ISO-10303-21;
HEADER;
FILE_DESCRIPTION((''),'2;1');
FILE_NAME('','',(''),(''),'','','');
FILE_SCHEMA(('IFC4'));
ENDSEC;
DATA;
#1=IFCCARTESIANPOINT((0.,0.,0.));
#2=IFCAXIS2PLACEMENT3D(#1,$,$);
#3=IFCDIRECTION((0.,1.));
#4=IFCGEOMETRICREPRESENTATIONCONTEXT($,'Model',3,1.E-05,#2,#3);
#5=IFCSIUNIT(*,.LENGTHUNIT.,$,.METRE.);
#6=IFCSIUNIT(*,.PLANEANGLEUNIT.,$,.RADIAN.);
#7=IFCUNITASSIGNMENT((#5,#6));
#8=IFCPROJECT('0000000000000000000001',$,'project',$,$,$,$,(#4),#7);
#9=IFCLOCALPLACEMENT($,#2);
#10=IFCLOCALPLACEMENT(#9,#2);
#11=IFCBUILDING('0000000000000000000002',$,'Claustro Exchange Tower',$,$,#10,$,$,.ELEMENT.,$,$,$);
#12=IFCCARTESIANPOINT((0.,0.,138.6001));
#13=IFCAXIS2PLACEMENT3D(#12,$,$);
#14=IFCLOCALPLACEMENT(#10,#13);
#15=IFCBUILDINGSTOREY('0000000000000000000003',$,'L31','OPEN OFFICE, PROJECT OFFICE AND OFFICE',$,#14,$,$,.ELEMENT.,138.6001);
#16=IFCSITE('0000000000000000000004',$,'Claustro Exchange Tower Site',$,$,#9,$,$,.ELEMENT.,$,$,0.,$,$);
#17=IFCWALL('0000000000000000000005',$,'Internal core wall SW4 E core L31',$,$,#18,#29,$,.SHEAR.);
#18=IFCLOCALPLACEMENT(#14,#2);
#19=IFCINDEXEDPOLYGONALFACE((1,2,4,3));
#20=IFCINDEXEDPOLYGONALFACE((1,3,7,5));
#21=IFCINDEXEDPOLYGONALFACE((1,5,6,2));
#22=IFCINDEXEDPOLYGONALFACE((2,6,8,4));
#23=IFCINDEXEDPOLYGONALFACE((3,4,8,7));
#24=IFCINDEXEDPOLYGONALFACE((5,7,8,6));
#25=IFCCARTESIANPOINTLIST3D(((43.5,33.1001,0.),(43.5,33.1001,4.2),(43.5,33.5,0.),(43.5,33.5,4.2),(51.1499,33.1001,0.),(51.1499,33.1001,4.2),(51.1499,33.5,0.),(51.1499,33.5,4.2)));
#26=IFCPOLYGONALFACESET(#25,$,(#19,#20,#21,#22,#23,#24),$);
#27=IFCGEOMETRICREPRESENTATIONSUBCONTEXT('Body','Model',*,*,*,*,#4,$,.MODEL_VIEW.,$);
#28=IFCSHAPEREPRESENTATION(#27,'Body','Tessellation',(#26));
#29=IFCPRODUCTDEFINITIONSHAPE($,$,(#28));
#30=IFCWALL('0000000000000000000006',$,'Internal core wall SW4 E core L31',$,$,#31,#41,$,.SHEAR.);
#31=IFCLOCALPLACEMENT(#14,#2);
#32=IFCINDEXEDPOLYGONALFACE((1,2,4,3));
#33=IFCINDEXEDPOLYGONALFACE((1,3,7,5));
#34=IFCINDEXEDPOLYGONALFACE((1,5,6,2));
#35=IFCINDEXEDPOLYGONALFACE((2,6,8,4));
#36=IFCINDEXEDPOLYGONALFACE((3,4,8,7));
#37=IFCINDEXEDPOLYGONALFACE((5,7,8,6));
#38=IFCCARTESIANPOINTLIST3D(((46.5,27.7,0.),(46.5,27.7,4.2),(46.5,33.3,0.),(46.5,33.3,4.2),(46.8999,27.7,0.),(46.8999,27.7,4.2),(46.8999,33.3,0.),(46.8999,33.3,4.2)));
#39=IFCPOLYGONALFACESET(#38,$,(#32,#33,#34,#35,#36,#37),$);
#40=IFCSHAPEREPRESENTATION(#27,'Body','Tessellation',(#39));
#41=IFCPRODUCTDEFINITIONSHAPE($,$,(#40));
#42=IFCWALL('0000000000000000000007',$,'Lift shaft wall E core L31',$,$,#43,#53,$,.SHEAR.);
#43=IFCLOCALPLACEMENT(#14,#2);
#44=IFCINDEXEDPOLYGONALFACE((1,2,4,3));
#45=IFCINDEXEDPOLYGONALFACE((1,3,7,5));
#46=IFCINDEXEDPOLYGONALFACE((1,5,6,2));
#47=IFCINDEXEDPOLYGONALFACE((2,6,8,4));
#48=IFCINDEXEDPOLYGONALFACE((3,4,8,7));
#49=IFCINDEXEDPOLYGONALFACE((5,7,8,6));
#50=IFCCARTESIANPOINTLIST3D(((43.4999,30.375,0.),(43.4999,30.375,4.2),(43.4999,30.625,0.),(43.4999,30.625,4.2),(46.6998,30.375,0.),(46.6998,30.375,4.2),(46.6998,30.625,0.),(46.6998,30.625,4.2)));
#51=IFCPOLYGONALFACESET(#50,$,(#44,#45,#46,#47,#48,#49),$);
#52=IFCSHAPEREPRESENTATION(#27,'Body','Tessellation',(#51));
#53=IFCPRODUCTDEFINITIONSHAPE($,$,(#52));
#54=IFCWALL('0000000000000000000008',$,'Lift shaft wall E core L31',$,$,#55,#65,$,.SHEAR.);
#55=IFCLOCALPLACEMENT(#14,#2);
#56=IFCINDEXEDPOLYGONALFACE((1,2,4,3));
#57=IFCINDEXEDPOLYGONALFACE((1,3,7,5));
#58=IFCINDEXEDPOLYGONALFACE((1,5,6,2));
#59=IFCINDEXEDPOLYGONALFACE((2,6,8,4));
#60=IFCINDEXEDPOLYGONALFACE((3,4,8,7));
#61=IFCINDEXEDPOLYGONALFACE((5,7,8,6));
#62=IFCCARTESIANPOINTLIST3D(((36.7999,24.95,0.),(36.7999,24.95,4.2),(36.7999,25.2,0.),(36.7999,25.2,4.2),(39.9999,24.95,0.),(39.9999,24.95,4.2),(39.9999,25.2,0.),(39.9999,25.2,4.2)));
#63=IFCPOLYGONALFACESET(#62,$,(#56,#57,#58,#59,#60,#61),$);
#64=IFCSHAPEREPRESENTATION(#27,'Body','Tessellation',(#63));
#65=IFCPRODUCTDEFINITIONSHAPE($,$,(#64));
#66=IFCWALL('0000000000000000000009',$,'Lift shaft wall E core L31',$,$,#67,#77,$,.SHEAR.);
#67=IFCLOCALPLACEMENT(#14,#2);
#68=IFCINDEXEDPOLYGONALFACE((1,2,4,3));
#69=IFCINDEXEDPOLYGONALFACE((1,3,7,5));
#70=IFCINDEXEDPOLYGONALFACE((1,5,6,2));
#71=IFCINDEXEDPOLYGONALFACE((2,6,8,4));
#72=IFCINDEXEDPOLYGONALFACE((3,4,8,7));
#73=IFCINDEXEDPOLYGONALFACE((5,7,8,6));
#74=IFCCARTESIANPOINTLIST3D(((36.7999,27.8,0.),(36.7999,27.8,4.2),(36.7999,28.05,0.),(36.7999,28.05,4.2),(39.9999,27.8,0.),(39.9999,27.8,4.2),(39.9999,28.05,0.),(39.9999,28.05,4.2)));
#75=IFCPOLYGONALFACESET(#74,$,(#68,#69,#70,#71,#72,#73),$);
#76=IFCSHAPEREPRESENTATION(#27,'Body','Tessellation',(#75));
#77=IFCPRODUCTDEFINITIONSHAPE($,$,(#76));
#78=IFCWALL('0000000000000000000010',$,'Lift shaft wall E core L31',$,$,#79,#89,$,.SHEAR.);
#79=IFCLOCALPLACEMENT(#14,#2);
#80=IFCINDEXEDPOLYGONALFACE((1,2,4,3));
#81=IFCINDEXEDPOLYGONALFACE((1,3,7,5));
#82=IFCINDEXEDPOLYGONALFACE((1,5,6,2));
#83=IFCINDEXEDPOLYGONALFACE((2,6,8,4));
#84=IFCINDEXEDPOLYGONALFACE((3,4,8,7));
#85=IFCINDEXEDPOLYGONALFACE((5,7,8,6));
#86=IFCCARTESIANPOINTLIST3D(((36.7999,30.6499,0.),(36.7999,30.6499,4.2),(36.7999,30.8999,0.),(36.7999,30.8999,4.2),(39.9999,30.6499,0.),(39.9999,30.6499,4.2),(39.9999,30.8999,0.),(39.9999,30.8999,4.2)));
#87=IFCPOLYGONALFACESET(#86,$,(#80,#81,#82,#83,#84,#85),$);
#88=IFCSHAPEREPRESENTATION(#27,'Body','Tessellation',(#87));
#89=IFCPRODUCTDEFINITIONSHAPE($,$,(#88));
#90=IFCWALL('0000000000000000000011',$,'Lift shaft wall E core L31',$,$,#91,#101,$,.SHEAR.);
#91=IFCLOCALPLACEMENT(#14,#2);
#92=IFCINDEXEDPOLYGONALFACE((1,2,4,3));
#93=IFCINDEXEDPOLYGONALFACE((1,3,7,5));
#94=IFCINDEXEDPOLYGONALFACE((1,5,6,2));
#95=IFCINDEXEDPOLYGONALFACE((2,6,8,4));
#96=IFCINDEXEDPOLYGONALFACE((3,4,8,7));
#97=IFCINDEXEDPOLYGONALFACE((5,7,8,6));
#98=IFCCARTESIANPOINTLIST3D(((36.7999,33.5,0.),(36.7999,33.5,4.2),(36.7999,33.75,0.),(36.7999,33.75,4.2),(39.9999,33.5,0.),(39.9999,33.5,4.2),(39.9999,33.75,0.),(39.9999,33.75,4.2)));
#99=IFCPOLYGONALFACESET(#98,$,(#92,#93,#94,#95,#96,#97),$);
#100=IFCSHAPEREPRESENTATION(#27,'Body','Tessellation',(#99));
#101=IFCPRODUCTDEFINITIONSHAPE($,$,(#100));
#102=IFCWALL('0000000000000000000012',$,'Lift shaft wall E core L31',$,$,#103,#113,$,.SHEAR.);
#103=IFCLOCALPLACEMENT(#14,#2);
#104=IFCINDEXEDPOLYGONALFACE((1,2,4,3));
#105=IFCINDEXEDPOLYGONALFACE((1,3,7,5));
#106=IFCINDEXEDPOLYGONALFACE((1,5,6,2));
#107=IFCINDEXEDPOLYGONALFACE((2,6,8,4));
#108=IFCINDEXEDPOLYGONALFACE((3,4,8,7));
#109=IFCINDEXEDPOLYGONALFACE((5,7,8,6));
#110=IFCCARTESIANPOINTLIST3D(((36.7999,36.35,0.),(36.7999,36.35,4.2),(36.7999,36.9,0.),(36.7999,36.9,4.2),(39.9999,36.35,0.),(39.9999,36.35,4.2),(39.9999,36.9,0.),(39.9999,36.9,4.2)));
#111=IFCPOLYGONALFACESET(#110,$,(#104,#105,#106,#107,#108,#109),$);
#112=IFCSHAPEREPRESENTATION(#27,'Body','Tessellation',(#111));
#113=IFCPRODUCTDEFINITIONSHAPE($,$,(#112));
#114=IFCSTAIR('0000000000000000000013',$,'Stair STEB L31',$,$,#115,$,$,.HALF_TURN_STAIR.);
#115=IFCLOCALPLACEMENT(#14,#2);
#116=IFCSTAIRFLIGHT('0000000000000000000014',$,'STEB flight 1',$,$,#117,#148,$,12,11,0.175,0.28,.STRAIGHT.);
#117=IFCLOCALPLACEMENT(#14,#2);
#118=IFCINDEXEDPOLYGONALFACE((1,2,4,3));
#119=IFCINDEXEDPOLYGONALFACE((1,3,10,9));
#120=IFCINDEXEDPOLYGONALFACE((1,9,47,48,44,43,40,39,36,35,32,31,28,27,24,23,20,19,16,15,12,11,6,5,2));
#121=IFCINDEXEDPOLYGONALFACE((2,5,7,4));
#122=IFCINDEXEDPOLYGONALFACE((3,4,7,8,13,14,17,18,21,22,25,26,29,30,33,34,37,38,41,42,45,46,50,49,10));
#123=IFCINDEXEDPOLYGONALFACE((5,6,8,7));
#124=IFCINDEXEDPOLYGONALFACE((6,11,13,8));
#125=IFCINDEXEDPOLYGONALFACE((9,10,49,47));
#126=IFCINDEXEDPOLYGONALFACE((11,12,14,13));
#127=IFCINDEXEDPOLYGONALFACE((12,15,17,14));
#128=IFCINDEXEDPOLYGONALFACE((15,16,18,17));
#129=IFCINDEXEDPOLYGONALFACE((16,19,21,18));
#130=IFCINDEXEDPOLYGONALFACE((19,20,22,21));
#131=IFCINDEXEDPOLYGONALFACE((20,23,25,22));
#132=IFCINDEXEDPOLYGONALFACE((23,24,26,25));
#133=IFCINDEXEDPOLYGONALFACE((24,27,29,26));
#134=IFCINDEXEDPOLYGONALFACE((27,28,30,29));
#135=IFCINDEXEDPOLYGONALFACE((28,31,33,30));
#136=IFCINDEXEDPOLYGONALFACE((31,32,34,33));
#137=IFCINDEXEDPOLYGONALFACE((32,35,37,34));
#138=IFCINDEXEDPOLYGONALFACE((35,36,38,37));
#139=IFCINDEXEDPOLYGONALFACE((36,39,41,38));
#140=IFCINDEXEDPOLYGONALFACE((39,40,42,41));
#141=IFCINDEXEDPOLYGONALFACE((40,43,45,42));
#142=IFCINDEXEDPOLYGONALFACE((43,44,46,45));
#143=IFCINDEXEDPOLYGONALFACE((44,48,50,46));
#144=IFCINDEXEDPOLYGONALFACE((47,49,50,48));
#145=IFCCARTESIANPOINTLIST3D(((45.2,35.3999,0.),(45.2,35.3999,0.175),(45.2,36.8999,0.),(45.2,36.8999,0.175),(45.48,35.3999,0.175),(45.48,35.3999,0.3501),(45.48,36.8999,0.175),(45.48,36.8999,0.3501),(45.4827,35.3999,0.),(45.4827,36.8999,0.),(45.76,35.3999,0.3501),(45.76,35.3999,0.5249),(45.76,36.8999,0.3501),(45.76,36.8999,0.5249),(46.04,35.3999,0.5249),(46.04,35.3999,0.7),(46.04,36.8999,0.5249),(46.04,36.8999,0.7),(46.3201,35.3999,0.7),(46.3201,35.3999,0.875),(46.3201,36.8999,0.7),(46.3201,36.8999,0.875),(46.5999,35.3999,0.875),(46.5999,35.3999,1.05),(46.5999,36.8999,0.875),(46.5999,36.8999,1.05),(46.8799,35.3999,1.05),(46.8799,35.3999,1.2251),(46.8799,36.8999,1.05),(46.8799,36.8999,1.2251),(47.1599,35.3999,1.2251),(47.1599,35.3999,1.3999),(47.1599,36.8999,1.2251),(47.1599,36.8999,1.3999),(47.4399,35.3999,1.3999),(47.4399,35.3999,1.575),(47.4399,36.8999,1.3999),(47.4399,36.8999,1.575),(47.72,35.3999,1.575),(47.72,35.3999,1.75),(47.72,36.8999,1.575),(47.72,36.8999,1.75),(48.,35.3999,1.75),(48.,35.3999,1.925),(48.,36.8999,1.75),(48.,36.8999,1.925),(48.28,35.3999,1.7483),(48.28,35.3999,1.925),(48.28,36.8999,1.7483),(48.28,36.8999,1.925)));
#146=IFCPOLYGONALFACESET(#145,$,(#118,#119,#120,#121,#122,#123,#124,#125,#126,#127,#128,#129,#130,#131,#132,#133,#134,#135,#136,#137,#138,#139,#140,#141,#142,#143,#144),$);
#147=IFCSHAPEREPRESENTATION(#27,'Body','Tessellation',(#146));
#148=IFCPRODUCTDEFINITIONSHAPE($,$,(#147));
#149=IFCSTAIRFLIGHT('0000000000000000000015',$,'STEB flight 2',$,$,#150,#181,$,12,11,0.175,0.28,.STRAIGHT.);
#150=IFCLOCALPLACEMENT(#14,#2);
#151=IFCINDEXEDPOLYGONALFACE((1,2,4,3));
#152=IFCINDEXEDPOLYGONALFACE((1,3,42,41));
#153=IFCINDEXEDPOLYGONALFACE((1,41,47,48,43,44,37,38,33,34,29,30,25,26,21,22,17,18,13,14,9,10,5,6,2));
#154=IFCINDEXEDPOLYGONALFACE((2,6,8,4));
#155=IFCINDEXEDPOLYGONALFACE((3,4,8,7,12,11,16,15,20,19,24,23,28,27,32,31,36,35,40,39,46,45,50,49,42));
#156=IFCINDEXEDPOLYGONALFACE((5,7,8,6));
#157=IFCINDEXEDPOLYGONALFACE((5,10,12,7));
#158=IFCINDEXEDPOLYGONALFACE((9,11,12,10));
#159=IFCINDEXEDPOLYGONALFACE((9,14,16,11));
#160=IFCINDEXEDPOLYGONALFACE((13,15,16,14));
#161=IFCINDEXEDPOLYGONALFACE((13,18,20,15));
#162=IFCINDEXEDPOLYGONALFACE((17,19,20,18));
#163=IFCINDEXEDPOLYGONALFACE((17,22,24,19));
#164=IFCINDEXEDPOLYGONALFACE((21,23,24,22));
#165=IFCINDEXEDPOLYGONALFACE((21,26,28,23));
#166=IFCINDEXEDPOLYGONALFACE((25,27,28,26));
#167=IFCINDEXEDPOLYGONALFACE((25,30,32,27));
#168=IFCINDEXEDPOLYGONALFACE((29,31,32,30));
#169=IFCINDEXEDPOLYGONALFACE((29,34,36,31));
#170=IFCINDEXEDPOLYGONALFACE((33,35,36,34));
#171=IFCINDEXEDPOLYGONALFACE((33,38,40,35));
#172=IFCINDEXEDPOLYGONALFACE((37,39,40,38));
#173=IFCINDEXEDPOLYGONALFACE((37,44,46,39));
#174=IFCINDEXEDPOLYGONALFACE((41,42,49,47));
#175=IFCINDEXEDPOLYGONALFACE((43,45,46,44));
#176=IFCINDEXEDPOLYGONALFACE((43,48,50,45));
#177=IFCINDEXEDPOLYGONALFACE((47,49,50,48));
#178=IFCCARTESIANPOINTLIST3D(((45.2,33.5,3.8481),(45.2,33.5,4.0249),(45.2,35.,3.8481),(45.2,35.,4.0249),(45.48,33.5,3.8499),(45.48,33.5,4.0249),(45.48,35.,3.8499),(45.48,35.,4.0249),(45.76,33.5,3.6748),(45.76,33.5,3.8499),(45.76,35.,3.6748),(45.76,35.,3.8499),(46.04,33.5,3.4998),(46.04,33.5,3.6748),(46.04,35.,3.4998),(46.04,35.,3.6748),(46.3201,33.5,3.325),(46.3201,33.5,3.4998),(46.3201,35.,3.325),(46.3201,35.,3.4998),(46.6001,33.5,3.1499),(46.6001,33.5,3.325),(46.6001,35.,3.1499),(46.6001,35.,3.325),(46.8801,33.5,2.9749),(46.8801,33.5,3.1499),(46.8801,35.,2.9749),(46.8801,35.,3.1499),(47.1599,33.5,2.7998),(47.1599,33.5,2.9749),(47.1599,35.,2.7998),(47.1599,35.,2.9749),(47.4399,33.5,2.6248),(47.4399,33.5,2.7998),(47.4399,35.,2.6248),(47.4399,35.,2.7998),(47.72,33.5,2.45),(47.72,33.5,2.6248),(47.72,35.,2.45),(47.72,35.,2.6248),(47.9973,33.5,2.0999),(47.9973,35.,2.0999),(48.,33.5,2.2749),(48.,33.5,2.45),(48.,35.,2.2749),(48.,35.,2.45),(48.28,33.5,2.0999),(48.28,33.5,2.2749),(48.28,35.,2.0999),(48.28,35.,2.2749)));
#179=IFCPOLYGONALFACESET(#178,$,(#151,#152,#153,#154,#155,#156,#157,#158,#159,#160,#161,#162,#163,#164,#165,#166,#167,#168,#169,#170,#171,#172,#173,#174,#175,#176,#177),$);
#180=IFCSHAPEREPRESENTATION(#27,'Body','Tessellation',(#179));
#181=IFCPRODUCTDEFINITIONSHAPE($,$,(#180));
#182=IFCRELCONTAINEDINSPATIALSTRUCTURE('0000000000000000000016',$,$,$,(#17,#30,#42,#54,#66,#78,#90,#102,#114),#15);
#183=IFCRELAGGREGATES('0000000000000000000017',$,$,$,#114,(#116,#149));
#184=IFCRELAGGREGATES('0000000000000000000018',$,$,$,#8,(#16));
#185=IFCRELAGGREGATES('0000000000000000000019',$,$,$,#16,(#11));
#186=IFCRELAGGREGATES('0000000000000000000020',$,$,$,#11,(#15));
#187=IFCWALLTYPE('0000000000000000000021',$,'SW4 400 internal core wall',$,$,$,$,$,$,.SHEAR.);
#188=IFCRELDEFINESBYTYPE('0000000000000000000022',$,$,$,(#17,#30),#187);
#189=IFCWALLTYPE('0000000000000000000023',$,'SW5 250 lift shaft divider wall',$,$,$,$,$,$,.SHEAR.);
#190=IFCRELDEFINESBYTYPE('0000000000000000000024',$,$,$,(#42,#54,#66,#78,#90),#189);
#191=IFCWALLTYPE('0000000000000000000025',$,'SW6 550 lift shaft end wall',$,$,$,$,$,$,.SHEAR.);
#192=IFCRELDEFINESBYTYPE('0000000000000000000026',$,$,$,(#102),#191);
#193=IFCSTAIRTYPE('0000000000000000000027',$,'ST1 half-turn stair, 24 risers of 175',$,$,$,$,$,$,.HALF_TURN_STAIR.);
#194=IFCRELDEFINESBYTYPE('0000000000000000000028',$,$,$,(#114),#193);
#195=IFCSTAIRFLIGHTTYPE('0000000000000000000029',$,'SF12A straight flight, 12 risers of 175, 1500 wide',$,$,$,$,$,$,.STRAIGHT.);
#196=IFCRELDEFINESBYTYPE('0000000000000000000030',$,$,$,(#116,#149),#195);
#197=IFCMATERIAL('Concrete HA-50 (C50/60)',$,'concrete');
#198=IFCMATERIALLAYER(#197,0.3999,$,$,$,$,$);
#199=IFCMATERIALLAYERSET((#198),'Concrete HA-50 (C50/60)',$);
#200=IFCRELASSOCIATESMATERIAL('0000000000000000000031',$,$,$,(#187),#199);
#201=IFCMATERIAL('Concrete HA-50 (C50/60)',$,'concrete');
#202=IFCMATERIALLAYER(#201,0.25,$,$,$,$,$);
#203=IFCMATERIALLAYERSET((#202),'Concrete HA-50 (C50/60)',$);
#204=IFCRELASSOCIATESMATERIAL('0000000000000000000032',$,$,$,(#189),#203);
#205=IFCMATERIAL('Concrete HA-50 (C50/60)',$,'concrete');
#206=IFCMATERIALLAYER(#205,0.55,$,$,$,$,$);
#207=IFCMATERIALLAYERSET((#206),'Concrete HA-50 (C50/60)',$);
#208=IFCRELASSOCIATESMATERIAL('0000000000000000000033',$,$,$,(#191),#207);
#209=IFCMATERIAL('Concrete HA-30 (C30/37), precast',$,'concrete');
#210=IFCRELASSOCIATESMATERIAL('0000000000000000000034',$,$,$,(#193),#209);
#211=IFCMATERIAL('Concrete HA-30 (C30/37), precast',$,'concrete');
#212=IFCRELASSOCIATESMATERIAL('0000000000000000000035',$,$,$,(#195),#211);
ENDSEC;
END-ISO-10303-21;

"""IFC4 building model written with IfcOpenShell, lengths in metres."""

from ifc_helpers import new_model, si_unit, direction, frame, frame_2d, origin, place, context, subcontext, project, spatial, polyline, rectangle, outline, extrude, material, layer, layer_set, type_object, element, aggregate, save


model = new_model("IFC4")

# Units and contexts
model_context = context("Model", 3, precision=1e-05, world=origin(), true_north=direction((0.0, 1.0)))
body_context = subcontext(model_context, "Body", "Model", "MODEL_VIEW")
ifc_project = project(units=[si_unit("LENGTHUNIT", "METRE"), si_unit("PLANEANGLEUNIT", "RADIAN")], contexts=[model_context])

# Site, building, storey
site_placement = place(None, origin())
site = spatial("IfcSite", under=ifc_project, at=site_placement, Name="Claustro Exchange Tower Site", CompositionType="ELEMENT", RefElevation=0.0)
building_placement = place(site_placement, origin())
building = spatial("IfcBuilding", under=site, at=building_placement, Name="Claustro Exchange Tower", CompositionType="ELEMENT")
storey_placement = place(building_placement, frame((0.0, 0.0, 138.6001)))
storey = spatial("IfcBuildingStorey", under=building, at=storey_placement, Name="L31", Description="OPEN OFFICE, PROJECT OFFICE AND OFFICE", CompositionType="ELEMENT", Elevation=138.6001)

# Walls
ifc_material_1 = material(Name="Concrete HA-50 (C50/60)", Category="concrete")
ifc_layer_1 = layer(ifc_material_1, 0.3999)
ifc_layer_set_1 = layer_set([ifc_layer_1], Name="Concrete HA-50 (C50/60)")
wall_type_1 = type_object("IfcWallType", Name="SW4 400 internal core wall", PredefinedType="SHEAR", material=ifc_layer_set_1)
for number, where, z_axis, x_axis, name in (
    (1, (51.1499, 33.3, 0.0), (0.0, 0.0, 1.0), (-1.0, 0.0, 0.0), "Internal core wall SW4 E core L31"),
):
    element("IfcWall", number, at=place(storey_placement, frame(where, z_axis=z_axis, x_axis=x_axis)), inside=storey, type_object=wall_type_1, Name=name, PredefinedType="SHEAR", context=body_context, shape_type="SweptSolid", body=[
        extrude(rectangle(XDim=7.6499, YDim=0.3999, at=frame_2d((3.825, 0.0))), origin(), (0.0, 0.0, 1.0), 4.2),
    ])
wall_1_placement = place(storey_placement, frame((46.7, 27.7, 0.0), z_axis=(0.0, 0.0, 1.0), x_axis=(0.0, 1.0, 0.0)))
element("IfcWall", 2, at=wall_1_placement, inside=storey, type_object=wall_type_1, Name="Internal core wall SW4 E core L31", PredefinedType="SHEAR", context=body_context, shape_type="SweptSolid", body=[
    extrude(rectangle(XDim=5.6001, YDim=0.3999, at=frame_2d((2.8, 0.0))), origin(), (0.0, 0.0, 1.0), 4.2),
])
ifc_material_2 = material(Name="Concrete HA-50 (C50/60)", Category="concrete")
ifc_layer_2 = layer(ifc_material_2, 0.25)
ifc_layer_set_2 = layer_set([ifc_layer_2], Name="Concrete HA-50 (C50/60)")
wall_type_2 = type_object("IfcWallType", Name="SW5 250 lift shaft divider wall", PredefinedType="SHEAR", material=ifc_layer_set_2)
for number, where, z_axis, x_axis, name in (
    (3, (46.7, 30.5, 0.0), (0.0, 0.0, 1.0), (-1.0, 0.0, 0.0), "Lift shaft wall E core L31"),
    (4, (40.0, 25.075, 0.0), (0.0, 0.0, 1.0), (-1.0, 0.0, 0.0), "Lift shaft wall E core L31"),
    (5, (40.0, 27.925, 0.0), (0.0, 0.0, 1.0), (-1.0, 0.0, 0.0), "Lift shaft wall E core L31"),
    (6, (40.0, 30.7749, 0.0), (0.0, 0.0, 1.0), (-1.0, 0.0, 0.0), "Lift shaft wall E core L31"),
    (7, (40.0, 33.625, 0.0), (0.0, 0.0, 1.0), (-1.0, 0.0, 0.0), "Lift shaft wall E core L31"),
):
    element("IfcWall", number, at=place(storey_placement, frame(where, z_axis=z_axis, x_axis=x_axis)), inside=storey, type_object=wall_type_2, Name=name, PredefinedType="SHEAR", context=body_context, shape_type="SweptSolid", body=[
        extrude(rectangle(XDim=3.2, YDim=0.25, at=frame_2d((1.6001, 0.0))), origin(), (0.0, 0.0, 1.0), 4.2),
    ])
ifc_material_3 = material(Name="Concrete HA-50 (C50/60)", Category="concrete")
ifc_layer_3 = layer(ifc_material_3, 0.55)
ifc_layer_set_3 = layer_set([ifc_layer_3], Name="Concrete HA-50 (C50/60)")
wall_type_3 = type_object("IfcWallType", Name="SW6 550 lift shaft end wall", PredefinedType="SHEAR", material=ifc_layer_set_3)
wall_2_placement = place(storey_placement, frame((40.0, 36.625, 0.0), z_axis=(0.0, 0.0, 1.0), x_axis=(-1.0, 0.0, 0.0)))
element("IfcWall", 8, at=wall_2_placement, inside=storey, type_object=wall_type_3, Name="Lift shaft wall E core L31", PredefinedType="SHEAR", context=body_context, shape_type="SweptSolid", body=[
    extrude(rectangle(XDim=3.2, YDim=0.55, at=frame_2d((1.6001, 0.0))), origin(), (0.0, 0.0, 1.0), 4.2),
])

# Stair, stair flights
ifc_material_4 = material(Name="Concrete HA-30 (C30/37), precast", Category="concrete")
stair_type = type_object("IfcStairType", Name="ST1 half-turn stair, 24 risers of 175", PredefinedType="HALF_TURN_STAIR", material=ifc_material_4)
stair_placement = place(storey_placement, origin())
stair = element("IfcStair", 9, at=stair_placement, inside=storey, type_object=stair_type, Name="Stair STEB L31", PredefinedType="HALF_TURN_STAIR")
ifc_material_5 = material(Name="Concrete HA-30 (C30/37), precast", Category="concrete")
stair_flight_type = type_object("IfcStairFlightType", Name="SF12A straight flight, 12 risers of 175, 1500 wide", PredefinedType="STRAIGHT", material=ifc_material_5)
stair_flight_1_placement = place(storey_placement, frame((45.2, 36.1499, 0.0), z_axis=(0.0, 0.0, 1.0), x_axis=(1.0, 0.0, 0.0)))
stair_flight_1 = element("IfcStairFlight", 10, at=stair_flight_1_placement, type_object=stair_flight_type, Name="STEB flight 1", NumberOfRisers=12, NumberOfTreads=11, PredefinedType="STRAIGHT", RiserHeight=0.175, TreadLength=0.28, context=body_context, shape_type="SweptSolid", body=[
    extrude(outline(polyline([(0.0, 0.0), (0.0, 0.175), (0.28, 0.175), (0.28, 0.3501), (0.5601, 0.3501), (0.5601, 0.5249), (0.8401, 0.5249), (0.8401, 0.7), (1.1201, 0.7), (1.1201, 0.875), (1.3999, 0.875), (1.3999, 1.05), (1.6799, 1.05), (1.6799, 1.2251), (1.96, 1.2251), (1.96, 1.3999), (2.24, 1.3999), (2.24, 1.575), (2.52, 1.575), (2.52, 1.75), (2.8, 1.75), (2.8, 1.925), (3.0801, 1.925), (3.0801, 2.1001), (3.0801, 1.7483), (0.2827, 0.0), (0.0, 0.0)])), frame((0.0, 0.75, 0.0), z_axis=(0.0, -1.0, 0.0), x_axis=(1.0, 0.0, 0.0)), (0.0, 0.0, 1.0), 1.5),
])
stair_flight_2_placement = place(storey_placement, frame((48.28, 34.25, 2.0999), z_axis=(0.0, 0.0, 1.0), x_axis=(-1.0, 0.0, 0.0)))
stair_flight_2 = element("IfcStairFlight", 11, at=stair_flight_2_placement, type_object=stair_flight_type, Name="STEB flight 2", NumberOfRisers=12, NumberOfTreads=11, PredefinedType="STRAIGHT", RiserHeight=0.175, TreadLength=0.28, context=body_context, shape_type="SweptSolid", body=[
    extrude(outline(polyline([(0.0, 0.0), (0.0, 0.175), (0.28, 0.175), (0.28, 0.3501), (0.5601, 0.3501), (0.5601, 0.5249), (0.8401, 0.5249), (0.8401, 0.7), (1.1201, 0.7), (1.1201, 0.875), (1.3999, 0.875), (1.3999, 1.05), (1.6799, 1.05), (1.6799, 1.2251), (1.96, 1.2251), (1.96, 1.3999), (2.24, 1.3999), (2.24, 1.575), (2.52, 1.575), (2.52, 1.75), (2.8, 1.75), (2.8, 1.925), (3.0801, 1.925), (3.0801, 2.1001), (3.0801, 1.7483), (0.2827, 0.0), (0.0, 0.0)])), frame((0.0, 0.75, 0.0), z_axis=(0.0, -1.0, 0.0), x_axis=(1.0, 0.0, 0.0)), (0.0, 0.0, 1.0), 1.5),
])
aggregate(stair, [stair_flight_1, stair_flight_2])

save(model, "model.ifc")
